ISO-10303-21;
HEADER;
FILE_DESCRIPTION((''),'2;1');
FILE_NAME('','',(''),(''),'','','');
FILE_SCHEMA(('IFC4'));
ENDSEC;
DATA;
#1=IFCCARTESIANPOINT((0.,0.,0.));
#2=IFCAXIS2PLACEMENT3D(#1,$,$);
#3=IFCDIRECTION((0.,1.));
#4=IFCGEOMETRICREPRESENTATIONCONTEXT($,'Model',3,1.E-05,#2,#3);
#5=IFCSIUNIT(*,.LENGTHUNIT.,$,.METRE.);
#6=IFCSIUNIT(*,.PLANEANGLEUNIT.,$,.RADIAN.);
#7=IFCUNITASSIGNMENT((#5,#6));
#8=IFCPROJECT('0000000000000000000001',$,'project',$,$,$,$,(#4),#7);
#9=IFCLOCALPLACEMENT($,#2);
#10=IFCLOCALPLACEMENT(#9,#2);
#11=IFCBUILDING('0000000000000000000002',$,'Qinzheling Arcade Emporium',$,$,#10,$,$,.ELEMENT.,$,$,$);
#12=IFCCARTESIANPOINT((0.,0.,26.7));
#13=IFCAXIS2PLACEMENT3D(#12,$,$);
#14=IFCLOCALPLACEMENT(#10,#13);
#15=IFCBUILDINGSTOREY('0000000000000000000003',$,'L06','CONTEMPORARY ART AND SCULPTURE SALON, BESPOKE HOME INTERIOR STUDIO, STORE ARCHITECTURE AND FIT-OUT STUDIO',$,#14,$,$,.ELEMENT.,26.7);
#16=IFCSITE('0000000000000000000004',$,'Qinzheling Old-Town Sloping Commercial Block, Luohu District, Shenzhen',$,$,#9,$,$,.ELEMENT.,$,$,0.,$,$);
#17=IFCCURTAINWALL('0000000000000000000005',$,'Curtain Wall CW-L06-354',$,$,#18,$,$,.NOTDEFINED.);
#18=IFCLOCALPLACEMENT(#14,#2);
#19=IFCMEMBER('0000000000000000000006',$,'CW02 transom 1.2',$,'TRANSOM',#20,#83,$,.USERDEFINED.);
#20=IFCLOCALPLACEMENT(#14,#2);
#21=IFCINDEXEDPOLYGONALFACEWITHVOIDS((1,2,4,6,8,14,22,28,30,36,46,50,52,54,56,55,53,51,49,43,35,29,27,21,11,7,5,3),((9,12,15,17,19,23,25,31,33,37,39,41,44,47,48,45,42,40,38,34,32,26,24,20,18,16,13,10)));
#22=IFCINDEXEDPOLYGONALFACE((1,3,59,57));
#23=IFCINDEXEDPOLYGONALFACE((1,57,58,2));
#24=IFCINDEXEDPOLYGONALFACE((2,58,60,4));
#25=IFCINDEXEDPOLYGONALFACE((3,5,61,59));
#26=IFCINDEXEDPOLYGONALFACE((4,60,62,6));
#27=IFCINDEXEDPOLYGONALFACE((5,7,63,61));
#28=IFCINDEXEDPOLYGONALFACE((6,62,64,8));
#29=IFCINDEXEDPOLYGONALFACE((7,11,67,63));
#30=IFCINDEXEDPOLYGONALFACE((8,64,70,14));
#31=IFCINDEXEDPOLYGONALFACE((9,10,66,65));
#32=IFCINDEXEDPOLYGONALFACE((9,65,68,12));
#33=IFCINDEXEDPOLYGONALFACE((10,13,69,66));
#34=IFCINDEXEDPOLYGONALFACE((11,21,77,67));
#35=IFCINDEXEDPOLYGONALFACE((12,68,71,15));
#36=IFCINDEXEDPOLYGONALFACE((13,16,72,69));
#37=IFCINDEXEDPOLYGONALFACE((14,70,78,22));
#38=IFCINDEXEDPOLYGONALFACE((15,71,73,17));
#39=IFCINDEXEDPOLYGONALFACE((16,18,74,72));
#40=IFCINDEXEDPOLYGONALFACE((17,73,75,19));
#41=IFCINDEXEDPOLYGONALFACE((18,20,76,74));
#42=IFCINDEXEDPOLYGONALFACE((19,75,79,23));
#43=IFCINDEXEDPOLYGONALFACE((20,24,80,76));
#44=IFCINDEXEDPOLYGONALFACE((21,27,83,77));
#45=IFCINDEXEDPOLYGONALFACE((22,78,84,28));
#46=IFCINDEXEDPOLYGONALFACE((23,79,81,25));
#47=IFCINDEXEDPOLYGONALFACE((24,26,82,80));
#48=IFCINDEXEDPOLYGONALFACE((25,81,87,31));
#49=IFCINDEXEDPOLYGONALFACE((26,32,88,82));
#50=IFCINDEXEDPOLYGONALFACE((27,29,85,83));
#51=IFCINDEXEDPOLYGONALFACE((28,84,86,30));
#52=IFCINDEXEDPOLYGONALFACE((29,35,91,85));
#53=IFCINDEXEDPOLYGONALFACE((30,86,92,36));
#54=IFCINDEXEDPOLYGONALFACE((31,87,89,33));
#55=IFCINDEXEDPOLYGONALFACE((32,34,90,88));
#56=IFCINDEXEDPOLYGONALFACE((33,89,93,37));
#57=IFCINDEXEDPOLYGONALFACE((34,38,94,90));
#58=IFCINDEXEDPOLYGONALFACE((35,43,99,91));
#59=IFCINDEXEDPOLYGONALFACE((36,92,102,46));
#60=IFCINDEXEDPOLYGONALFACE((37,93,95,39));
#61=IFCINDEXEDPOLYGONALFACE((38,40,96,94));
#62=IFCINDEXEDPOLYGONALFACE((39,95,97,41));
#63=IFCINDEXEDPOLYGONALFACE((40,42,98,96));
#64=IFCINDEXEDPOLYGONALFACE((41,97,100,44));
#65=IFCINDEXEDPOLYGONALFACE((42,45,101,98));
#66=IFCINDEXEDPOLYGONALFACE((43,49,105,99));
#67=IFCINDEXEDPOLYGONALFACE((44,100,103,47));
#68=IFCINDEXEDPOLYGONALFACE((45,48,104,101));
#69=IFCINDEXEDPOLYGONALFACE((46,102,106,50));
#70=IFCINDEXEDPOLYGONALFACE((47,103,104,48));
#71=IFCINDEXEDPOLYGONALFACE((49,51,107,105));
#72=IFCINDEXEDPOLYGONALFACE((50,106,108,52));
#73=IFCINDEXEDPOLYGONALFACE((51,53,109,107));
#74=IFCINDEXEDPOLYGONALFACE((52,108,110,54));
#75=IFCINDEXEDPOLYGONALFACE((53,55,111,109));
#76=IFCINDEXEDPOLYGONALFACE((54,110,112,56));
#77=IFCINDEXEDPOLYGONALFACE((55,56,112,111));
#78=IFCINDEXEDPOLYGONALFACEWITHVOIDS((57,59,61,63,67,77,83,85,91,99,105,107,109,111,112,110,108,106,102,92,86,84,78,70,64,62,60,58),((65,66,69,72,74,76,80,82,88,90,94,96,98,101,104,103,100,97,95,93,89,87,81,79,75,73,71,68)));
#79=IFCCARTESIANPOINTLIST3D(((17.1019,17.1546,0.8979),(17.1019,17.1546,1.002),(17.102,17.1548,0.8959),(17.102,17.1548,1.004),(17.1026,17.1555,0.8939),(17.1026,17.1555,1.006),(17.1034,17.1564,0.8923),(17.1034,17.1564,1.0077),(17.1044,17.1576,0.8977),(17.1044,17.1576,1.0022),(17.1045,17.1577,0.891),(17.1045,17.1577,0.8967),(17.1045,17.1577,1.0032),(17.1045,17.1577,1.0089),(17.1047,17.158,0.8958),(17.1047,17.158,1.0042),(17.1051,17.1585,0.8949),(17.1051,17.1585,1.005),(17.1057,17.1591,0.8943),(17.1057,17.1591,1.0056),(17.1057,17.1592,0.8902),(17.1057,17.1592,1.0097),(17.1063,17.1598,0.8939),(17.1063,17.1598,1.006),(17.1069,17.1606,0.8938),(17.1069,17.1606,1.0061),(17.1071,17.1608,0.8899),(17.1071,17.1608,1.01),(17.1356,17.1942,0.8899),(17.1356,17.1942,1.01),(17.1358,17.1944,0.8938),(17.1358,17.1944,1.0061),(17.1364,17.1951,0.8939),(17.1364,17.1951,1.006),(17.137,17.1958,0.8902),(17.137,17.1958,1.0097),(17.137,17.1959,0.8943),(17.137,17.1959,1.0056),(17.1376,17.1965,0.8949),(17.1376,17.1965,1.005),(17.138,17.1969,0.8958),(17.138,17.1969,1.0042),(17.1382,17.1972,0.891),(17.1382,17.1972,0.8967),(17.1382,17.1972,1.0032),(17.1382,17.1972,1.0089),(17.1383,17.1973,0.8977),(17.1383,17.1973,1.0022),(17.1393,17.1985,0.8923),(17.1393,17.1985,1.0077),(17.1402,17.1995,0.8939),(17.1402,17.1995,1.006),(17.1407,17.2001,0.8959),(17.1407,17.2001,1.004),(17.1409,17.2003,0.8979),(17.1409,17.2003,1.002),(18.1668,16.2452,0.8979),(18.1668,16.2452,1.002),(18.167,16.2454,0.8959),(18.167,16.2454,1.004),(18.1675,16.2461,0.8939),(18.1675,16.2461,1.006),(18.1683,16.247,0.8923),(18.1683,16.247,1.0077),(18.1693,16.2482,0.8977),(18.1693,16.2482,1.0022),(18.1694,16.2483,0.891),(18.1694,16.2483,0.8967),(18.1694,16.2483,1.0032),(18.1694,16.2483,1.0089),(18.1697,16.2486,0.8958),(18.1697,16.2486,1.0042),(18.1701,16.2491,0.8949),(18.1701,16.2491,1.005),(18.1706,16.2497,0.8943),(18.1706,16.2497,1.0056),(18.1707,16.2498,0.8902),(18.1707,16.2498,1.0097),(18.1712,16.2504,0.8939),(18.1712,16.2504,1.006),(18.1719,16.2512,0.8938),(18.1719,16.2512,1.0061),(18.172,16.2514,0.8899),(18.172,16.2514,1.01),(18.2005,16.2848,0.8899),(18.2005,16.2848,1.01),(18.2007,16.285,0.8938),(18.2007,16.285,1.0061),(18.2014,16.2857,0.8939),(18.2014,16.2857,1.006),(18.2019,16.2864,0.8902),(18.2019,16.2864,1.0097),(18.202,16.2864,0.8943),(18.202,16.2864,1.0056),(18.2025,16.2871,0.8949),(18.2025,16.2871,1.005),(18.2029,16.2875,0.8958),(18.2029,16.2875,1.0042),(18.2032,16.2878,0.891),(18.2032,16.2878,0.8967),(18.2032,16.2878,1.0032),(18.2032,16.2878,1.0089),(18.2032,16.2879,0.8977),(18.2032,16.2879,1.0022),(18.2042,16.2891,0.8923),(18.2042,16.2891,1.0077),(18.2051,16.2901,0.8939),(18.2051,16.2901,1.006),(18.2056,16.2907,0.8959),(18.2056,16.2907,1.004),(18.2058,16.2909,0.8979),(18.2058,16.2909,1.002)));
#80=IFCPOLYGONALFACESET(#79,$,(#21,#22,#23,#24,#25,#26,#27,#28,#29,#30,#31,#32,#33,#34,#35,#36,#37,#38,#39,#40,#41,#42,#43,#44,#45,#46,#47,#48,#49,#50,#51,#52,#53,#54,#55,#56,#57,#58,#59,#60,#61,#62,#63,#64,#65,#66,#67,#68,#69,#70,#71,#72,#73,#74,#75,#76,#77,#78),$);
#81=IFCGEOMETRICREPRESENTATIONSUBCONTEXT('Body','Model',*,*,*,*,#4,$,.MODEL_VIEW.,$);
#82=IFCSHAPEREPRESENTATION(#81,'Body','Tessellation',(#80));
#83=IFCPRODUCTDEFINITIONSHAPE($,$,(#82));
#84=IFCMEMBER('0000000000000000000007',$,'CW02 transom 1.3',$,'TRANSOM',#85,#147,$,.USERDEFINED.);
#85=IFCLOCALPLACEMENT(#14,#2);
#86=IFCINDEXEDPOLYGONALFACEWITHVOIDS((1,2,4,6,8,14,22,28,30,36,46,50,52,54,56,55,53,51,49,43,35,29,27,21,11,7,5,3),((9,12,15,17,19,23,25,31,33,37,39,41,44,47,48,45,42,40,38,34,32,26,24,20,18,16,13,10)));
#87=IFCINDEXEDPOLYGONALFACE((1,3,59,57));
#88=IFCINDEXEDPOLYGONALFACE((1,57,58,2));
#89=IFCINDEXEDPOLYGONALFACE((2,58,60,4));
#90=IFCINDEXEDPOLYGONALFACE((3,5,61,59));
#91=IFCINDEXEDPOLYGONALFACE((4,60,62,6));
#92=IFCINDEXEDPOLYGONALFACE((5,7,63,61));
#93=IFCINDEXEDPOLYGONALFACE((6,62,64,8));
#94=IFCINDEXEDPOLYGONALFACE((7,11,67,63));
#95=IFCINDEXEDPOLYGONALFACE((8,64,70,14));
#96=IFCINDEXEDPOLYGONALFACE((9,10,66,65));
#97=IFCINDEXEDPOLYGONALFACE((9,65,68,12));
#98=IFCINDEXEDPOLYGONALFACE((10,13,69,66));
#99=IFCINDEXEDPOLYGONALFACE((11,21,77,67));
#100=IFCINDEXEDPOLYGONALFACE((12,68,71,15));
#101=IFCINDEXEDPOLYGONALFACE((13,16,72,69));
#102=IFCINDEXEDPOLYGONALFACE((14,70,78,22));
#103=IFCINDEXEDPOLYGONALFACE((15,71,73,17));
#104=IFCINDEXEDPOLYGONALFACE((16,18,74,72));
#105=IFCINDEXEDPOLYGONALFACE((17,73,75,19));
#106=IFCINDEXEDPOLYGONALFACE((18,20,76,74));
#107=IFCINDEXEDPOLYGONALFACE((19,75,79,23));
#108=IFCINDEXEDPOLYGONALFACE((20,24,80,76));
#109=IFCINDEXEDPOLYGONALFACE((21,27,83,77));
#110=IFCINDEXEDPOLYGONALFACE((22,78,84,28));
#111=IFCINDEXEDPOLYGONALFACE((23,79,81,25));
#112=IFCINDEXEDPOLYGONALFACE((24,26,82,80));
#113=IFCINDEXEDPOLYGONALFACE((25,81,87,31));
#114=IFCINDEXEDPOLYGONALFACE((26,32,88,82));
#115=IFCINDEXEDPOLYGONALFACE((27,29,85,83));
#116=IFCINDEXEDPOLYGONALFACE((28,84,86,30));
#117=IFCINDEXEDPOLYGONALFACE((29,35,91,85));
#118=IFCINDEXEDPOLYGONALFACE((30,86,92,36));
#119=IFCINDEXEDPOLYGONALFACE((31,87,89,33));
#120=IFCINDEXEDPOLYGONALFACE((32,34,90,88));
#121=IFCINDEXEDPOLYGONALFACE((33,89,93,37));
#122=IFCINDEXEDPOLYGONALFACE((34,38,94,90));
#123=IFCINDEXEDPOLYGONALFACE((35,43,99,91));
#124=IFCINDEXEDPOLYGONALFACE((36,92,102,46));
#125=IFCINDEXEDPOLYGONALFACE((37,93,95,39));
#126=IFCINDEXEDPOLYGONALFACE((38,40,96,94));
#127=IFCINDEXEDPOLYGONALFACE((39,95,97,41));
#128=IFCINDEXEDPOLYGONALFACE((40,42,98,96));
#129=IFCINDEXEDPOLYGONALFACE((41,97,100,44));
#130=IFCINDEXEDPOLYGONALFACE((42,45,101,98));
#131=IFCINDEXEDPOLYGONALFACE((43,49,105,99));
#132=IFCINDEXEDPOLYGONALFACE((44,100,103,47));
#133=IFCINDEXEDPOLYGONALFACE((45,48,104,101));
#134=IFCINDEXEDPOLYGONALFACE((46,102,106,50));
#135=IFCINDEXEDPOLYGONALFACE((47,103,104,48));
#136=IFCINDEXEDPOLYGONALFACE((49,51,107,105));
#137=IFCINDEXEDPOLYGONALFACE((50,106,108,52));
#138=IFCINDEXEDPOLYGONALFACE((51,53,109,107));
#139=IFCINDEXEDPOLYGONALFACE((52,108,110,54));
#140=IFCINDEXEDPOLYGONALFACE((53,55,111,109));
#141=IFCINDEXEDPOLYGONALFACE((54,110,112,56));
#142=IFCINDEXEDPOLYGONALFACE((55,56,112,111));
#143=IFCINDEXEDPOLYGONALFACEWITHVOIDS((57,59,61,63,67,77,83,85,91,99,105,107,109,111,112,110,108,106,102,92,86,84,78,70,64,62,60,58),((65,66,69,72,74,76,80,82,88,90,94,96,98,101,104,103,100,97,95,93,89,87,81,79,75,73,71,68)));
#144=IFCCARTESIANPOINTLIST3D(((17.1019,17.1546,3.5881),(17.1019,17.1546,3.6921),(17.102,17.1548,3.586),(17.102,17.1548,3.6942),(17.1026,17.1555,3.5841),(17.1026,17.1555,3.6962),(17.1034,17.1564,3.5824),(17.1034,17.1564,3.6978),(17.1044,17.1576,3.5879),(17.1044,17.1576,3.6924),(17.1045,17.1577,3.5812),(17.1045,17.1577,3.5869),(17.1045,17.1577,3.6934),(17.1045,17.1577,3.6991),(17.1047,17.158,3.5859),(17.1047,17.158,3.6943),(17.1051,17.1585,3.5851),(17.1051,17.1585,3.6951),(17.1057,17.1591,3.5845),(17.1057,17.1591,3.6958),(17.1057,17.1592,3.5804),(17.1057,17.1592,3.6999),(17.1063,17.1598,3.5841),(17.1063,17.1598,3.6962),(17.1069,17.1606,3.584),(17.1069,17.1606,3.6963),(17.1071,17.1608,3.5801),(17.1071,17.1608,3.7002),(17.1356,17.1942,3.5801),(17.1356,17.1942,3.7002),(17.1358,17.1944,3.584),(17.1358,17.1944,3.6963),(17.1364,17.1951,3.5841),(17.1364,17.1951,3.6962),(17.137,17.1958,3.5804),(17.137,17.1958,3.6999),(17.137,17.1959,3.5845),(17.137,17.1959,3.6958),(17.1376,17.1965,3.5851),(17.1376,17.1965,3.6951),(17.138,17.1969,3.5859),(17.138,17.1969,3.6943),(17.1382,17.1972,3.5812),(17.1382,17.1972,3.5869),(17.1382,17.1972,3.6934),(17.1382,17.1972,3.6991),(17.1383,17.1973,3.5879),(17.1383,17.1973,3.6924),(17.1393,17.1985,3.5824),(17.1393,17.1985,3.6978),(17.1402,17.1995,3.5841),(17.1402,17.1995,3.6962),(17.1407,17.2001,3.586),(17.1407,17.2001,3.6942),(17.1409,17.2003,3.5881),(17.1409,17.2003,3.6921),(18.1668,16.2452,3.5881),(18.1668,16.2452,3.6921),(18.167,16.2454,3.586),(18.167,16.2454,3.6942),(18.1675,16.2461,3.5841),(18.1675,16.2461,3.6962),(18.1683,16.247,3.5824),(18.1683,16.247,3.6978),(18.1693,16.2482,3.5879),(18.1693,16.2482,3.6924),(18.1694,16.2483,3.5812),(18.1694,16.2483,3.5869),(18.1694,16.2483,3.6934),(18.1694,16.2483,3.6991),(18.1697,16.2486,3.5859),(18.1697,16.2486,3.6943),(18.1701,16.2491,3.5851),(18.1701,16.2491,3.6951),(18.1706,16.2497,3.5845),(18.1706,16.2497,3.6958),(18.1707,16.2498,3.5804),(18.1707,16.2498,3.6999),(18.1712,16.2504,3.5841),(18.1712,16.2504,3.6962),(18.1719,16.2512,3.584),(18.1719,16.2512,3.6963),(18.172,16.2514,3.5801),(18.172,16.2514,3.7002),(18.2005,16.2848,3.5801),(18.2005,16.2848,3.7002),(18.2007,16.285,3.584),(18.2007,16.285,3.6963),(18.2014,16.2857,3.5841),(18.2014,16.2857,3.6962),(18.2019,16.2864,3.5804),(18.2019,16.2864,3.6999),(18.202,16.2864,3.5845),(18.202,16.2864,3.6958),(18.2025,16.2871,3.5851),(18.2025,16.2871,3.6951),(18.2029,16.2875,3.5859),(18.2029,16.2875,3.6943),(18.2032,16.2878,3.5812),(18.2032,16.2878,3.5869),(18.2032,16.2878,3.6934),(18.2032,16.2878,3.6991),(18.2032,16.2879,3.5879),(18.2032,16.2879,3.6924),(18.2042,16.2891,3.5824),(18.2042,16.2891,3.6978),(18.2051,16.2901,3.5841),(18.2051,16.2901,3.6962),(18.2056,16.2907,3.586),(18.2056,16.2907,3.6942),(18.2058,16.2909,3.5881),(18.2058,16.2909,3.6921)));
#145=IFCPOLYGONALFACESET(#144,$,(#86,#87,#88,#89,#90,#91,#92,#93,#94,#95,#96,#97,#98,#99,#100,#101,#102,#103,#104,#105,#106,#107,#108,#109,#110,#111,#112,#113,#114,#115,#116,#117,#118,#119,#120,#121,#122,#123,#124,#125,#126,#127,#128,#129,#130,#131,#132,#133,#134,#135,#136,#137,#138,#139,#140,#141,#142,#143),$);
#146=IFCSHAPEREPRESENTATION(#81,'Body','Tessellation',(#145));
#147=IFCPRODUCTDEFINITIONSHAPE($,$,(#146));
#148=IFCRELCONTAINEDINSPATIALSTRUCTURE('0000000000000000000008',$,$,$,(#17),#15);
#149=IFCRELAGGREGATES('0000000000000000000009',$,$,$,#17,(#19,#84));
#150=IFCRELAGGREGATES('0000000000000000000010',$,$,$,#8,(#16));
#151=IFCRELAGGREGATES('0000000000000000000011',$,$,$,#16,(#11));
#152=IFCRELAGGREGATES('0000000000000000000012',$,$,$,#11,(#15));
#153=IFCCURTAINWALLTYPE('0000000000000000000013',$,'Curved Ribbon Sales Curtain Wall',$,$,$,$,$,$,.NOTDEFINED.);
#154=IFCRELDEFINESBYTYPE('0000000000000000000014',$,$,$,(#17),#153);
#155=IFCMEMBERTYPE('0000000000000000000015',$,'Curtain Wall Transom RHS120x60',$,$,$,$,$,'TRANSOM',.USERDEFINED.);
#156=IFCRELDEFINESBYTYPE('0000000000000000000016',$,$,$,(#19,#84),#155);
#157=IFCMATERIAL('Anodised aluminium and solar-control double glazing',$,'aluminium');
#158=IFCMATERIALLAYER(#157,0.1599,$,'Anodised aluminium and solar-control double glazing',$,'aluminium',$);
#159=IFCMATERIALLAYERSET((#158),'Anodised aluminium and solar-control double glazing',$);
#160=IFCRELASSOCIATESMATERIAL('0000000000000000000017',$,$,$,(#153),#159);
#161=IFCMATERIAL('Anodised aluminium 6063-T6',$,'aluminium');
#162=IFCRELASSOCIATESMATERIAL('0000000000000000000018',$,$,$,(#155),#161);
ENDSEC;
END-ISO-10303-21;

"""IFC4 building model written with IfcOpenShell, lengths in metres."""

from ifc_helpers import new_model, si_unit, direction, frame, origin, origin_2d, place, context, subcontext, project, spatial, hollow_rectangle, extrude, material, layer, layer_set, material_profile, profile_set, type_object, element, aggregate, save


model = new_model("IFC4")

# Units and contexts
model_context = context("Model", 3, precision=1e-05, world=origin(), true_north=direction((0.0, 1.0)))
body_context = subcontext(model_context, "Body", "Model", "MODEL_VIEW")
ifc_project = project(units=[si_unit("LENGTHUNIT", "METRE"), si_unit("PLANEANGLEUNIT", "RADIAN")], contexts=[model_context])

# Site, building, storey
site_placement = place(None, origin())
site = spatial("IfcSite", under=ifc_project, at=site_placement, Name="Qinzheling Old-Town Sloping Commercial Block, Luohu District, Shenzhen", CompositionType="ELEMENT", RefElevation=0.0)
building_placement = place(site_placement, origin())
building = spatial("IfcBuilding", under=site, at=building_placement, Name="Qinzheling Arcade Emporium", CompositionType="ELEMENT")
storey_placement = place(building_placement, frame((0.0, 0.0, 26.7)))
storey = spatial("IfcBuildingStorey", under=building, at=storey_placement, Name="L06", Description="CONTEMPORARY ART AND SCULPTURE SALON, BESPOKE HOME INTERIOR STUDIO, STORE ARCHITECTURE AND FIT-OUT STUDIO", CompositionType="ELEMENT", Elevation=26.7)

# Curtain wall
ifc_material_1 = material(Name="Anodised aluminium and solar-control double glazing", Category="aluminium")
ifc_layer_1 = layer(ifc_material_1, 0.1599, Name="Anodised aluminium and solar-control double glazing", Category="aluminium")
ifc_layer_set_1 = layer_set([ifc_layer_1], Name="Anodised aluminium and solar-control double glazing")
curtain_wall_type = type_object("IfcCurtainWallType", Name="Curved Ribbon Sales Curtain Wall", PredefinedType="NOTDEFINED", material=ifc_layer_set_1)
curtain_wall_1_placement = place(storey_placement, origin())
curtain_wall_1 = element("IfcCurtainWall", 1, at=curtain_wall_1_placement, inside=storey, type_object=curtain_wall_type, Name="Curtain Wall CW-L06-354", PredefinedType="NOTDEFINED")
ifc_material_2 = material(Name="Anodised aluminium 6063-T6", Category="aluminium")

# Members
ifc_material_profile_1 = material_profile(ifc_material_2, hollow_rectangle(XDim=0.0601, YDim=0.1201, WallThickness=0.0039, InnerFilletRadius=0.0039, OuterFilletRadius=0.0081, at=origin_2d()), Name="RHS 120x60x4", Category="aluminium")
ifc_profile_set_1 = profile_set([ifc_material_profile_1], Name="Anodised aluminium 6063-T6")
member_type_1 = type_object("IfcMemberType", Name="Curtain Wall Transom RHS120x60", ElementType="TRANSOM", PredefinedType="USERDEFINED", material=ifc_profile_set_1)
member_1_placement = place(storey_placement, frame((18.1863, 16.2681, 0.95), z_axis=(-0.760449, 0.649398, 0.0), x_axis=(-0.649398, -0.760449, 0.0)))
member_1 = element("IfcMember", 2, at=member_1_placement, type_object=member_type_1, Name="CW02 transom 1.2", ObjectType="TRANSOM", PredefinedType="USERDEFINED", context=body_context, shape_type="SweptSolid", body=[
    extrude(hollow_rectangle(XDim=0.0601, YDim=0.1201, WallThickness=0.0039, InnerFilletRadius=0.0039, OuterFilletRadius=0.0081, at=origin_2d()), origin(), (0.0, 0.0, 1.0), 1.4004),
])
member_2_placement = place(storey_placement, frame((18.1863, 16.2681, 3.6401), z_axis=(-0.760449, 0.649398, 0.0), x_axis=(-0.649398, -0.760449, 0.0)))
member_2 = element("IfcMember", 3, at=member_2_placement, type_object=member_type_1, Name="CW02 transom 1.3", ObjectType="TRANSOM", PredefinedType="USERDEFINED", context=body_context, shape_type="SweptSolid", body=[
    extrude(hollow_rectangle(XDim=0.0601, YDim=0.1201, WallThickness=0.0039, InnerFilletRadius=0.0039, OuterFilletRadius=0.0081, at=origin_2d()), origin(), (0.0, 0.0, 1.0), 1.4004),
])

aggregate(curtain_wall_1, [member_1, member_2])

save(model, "model.ifc")
